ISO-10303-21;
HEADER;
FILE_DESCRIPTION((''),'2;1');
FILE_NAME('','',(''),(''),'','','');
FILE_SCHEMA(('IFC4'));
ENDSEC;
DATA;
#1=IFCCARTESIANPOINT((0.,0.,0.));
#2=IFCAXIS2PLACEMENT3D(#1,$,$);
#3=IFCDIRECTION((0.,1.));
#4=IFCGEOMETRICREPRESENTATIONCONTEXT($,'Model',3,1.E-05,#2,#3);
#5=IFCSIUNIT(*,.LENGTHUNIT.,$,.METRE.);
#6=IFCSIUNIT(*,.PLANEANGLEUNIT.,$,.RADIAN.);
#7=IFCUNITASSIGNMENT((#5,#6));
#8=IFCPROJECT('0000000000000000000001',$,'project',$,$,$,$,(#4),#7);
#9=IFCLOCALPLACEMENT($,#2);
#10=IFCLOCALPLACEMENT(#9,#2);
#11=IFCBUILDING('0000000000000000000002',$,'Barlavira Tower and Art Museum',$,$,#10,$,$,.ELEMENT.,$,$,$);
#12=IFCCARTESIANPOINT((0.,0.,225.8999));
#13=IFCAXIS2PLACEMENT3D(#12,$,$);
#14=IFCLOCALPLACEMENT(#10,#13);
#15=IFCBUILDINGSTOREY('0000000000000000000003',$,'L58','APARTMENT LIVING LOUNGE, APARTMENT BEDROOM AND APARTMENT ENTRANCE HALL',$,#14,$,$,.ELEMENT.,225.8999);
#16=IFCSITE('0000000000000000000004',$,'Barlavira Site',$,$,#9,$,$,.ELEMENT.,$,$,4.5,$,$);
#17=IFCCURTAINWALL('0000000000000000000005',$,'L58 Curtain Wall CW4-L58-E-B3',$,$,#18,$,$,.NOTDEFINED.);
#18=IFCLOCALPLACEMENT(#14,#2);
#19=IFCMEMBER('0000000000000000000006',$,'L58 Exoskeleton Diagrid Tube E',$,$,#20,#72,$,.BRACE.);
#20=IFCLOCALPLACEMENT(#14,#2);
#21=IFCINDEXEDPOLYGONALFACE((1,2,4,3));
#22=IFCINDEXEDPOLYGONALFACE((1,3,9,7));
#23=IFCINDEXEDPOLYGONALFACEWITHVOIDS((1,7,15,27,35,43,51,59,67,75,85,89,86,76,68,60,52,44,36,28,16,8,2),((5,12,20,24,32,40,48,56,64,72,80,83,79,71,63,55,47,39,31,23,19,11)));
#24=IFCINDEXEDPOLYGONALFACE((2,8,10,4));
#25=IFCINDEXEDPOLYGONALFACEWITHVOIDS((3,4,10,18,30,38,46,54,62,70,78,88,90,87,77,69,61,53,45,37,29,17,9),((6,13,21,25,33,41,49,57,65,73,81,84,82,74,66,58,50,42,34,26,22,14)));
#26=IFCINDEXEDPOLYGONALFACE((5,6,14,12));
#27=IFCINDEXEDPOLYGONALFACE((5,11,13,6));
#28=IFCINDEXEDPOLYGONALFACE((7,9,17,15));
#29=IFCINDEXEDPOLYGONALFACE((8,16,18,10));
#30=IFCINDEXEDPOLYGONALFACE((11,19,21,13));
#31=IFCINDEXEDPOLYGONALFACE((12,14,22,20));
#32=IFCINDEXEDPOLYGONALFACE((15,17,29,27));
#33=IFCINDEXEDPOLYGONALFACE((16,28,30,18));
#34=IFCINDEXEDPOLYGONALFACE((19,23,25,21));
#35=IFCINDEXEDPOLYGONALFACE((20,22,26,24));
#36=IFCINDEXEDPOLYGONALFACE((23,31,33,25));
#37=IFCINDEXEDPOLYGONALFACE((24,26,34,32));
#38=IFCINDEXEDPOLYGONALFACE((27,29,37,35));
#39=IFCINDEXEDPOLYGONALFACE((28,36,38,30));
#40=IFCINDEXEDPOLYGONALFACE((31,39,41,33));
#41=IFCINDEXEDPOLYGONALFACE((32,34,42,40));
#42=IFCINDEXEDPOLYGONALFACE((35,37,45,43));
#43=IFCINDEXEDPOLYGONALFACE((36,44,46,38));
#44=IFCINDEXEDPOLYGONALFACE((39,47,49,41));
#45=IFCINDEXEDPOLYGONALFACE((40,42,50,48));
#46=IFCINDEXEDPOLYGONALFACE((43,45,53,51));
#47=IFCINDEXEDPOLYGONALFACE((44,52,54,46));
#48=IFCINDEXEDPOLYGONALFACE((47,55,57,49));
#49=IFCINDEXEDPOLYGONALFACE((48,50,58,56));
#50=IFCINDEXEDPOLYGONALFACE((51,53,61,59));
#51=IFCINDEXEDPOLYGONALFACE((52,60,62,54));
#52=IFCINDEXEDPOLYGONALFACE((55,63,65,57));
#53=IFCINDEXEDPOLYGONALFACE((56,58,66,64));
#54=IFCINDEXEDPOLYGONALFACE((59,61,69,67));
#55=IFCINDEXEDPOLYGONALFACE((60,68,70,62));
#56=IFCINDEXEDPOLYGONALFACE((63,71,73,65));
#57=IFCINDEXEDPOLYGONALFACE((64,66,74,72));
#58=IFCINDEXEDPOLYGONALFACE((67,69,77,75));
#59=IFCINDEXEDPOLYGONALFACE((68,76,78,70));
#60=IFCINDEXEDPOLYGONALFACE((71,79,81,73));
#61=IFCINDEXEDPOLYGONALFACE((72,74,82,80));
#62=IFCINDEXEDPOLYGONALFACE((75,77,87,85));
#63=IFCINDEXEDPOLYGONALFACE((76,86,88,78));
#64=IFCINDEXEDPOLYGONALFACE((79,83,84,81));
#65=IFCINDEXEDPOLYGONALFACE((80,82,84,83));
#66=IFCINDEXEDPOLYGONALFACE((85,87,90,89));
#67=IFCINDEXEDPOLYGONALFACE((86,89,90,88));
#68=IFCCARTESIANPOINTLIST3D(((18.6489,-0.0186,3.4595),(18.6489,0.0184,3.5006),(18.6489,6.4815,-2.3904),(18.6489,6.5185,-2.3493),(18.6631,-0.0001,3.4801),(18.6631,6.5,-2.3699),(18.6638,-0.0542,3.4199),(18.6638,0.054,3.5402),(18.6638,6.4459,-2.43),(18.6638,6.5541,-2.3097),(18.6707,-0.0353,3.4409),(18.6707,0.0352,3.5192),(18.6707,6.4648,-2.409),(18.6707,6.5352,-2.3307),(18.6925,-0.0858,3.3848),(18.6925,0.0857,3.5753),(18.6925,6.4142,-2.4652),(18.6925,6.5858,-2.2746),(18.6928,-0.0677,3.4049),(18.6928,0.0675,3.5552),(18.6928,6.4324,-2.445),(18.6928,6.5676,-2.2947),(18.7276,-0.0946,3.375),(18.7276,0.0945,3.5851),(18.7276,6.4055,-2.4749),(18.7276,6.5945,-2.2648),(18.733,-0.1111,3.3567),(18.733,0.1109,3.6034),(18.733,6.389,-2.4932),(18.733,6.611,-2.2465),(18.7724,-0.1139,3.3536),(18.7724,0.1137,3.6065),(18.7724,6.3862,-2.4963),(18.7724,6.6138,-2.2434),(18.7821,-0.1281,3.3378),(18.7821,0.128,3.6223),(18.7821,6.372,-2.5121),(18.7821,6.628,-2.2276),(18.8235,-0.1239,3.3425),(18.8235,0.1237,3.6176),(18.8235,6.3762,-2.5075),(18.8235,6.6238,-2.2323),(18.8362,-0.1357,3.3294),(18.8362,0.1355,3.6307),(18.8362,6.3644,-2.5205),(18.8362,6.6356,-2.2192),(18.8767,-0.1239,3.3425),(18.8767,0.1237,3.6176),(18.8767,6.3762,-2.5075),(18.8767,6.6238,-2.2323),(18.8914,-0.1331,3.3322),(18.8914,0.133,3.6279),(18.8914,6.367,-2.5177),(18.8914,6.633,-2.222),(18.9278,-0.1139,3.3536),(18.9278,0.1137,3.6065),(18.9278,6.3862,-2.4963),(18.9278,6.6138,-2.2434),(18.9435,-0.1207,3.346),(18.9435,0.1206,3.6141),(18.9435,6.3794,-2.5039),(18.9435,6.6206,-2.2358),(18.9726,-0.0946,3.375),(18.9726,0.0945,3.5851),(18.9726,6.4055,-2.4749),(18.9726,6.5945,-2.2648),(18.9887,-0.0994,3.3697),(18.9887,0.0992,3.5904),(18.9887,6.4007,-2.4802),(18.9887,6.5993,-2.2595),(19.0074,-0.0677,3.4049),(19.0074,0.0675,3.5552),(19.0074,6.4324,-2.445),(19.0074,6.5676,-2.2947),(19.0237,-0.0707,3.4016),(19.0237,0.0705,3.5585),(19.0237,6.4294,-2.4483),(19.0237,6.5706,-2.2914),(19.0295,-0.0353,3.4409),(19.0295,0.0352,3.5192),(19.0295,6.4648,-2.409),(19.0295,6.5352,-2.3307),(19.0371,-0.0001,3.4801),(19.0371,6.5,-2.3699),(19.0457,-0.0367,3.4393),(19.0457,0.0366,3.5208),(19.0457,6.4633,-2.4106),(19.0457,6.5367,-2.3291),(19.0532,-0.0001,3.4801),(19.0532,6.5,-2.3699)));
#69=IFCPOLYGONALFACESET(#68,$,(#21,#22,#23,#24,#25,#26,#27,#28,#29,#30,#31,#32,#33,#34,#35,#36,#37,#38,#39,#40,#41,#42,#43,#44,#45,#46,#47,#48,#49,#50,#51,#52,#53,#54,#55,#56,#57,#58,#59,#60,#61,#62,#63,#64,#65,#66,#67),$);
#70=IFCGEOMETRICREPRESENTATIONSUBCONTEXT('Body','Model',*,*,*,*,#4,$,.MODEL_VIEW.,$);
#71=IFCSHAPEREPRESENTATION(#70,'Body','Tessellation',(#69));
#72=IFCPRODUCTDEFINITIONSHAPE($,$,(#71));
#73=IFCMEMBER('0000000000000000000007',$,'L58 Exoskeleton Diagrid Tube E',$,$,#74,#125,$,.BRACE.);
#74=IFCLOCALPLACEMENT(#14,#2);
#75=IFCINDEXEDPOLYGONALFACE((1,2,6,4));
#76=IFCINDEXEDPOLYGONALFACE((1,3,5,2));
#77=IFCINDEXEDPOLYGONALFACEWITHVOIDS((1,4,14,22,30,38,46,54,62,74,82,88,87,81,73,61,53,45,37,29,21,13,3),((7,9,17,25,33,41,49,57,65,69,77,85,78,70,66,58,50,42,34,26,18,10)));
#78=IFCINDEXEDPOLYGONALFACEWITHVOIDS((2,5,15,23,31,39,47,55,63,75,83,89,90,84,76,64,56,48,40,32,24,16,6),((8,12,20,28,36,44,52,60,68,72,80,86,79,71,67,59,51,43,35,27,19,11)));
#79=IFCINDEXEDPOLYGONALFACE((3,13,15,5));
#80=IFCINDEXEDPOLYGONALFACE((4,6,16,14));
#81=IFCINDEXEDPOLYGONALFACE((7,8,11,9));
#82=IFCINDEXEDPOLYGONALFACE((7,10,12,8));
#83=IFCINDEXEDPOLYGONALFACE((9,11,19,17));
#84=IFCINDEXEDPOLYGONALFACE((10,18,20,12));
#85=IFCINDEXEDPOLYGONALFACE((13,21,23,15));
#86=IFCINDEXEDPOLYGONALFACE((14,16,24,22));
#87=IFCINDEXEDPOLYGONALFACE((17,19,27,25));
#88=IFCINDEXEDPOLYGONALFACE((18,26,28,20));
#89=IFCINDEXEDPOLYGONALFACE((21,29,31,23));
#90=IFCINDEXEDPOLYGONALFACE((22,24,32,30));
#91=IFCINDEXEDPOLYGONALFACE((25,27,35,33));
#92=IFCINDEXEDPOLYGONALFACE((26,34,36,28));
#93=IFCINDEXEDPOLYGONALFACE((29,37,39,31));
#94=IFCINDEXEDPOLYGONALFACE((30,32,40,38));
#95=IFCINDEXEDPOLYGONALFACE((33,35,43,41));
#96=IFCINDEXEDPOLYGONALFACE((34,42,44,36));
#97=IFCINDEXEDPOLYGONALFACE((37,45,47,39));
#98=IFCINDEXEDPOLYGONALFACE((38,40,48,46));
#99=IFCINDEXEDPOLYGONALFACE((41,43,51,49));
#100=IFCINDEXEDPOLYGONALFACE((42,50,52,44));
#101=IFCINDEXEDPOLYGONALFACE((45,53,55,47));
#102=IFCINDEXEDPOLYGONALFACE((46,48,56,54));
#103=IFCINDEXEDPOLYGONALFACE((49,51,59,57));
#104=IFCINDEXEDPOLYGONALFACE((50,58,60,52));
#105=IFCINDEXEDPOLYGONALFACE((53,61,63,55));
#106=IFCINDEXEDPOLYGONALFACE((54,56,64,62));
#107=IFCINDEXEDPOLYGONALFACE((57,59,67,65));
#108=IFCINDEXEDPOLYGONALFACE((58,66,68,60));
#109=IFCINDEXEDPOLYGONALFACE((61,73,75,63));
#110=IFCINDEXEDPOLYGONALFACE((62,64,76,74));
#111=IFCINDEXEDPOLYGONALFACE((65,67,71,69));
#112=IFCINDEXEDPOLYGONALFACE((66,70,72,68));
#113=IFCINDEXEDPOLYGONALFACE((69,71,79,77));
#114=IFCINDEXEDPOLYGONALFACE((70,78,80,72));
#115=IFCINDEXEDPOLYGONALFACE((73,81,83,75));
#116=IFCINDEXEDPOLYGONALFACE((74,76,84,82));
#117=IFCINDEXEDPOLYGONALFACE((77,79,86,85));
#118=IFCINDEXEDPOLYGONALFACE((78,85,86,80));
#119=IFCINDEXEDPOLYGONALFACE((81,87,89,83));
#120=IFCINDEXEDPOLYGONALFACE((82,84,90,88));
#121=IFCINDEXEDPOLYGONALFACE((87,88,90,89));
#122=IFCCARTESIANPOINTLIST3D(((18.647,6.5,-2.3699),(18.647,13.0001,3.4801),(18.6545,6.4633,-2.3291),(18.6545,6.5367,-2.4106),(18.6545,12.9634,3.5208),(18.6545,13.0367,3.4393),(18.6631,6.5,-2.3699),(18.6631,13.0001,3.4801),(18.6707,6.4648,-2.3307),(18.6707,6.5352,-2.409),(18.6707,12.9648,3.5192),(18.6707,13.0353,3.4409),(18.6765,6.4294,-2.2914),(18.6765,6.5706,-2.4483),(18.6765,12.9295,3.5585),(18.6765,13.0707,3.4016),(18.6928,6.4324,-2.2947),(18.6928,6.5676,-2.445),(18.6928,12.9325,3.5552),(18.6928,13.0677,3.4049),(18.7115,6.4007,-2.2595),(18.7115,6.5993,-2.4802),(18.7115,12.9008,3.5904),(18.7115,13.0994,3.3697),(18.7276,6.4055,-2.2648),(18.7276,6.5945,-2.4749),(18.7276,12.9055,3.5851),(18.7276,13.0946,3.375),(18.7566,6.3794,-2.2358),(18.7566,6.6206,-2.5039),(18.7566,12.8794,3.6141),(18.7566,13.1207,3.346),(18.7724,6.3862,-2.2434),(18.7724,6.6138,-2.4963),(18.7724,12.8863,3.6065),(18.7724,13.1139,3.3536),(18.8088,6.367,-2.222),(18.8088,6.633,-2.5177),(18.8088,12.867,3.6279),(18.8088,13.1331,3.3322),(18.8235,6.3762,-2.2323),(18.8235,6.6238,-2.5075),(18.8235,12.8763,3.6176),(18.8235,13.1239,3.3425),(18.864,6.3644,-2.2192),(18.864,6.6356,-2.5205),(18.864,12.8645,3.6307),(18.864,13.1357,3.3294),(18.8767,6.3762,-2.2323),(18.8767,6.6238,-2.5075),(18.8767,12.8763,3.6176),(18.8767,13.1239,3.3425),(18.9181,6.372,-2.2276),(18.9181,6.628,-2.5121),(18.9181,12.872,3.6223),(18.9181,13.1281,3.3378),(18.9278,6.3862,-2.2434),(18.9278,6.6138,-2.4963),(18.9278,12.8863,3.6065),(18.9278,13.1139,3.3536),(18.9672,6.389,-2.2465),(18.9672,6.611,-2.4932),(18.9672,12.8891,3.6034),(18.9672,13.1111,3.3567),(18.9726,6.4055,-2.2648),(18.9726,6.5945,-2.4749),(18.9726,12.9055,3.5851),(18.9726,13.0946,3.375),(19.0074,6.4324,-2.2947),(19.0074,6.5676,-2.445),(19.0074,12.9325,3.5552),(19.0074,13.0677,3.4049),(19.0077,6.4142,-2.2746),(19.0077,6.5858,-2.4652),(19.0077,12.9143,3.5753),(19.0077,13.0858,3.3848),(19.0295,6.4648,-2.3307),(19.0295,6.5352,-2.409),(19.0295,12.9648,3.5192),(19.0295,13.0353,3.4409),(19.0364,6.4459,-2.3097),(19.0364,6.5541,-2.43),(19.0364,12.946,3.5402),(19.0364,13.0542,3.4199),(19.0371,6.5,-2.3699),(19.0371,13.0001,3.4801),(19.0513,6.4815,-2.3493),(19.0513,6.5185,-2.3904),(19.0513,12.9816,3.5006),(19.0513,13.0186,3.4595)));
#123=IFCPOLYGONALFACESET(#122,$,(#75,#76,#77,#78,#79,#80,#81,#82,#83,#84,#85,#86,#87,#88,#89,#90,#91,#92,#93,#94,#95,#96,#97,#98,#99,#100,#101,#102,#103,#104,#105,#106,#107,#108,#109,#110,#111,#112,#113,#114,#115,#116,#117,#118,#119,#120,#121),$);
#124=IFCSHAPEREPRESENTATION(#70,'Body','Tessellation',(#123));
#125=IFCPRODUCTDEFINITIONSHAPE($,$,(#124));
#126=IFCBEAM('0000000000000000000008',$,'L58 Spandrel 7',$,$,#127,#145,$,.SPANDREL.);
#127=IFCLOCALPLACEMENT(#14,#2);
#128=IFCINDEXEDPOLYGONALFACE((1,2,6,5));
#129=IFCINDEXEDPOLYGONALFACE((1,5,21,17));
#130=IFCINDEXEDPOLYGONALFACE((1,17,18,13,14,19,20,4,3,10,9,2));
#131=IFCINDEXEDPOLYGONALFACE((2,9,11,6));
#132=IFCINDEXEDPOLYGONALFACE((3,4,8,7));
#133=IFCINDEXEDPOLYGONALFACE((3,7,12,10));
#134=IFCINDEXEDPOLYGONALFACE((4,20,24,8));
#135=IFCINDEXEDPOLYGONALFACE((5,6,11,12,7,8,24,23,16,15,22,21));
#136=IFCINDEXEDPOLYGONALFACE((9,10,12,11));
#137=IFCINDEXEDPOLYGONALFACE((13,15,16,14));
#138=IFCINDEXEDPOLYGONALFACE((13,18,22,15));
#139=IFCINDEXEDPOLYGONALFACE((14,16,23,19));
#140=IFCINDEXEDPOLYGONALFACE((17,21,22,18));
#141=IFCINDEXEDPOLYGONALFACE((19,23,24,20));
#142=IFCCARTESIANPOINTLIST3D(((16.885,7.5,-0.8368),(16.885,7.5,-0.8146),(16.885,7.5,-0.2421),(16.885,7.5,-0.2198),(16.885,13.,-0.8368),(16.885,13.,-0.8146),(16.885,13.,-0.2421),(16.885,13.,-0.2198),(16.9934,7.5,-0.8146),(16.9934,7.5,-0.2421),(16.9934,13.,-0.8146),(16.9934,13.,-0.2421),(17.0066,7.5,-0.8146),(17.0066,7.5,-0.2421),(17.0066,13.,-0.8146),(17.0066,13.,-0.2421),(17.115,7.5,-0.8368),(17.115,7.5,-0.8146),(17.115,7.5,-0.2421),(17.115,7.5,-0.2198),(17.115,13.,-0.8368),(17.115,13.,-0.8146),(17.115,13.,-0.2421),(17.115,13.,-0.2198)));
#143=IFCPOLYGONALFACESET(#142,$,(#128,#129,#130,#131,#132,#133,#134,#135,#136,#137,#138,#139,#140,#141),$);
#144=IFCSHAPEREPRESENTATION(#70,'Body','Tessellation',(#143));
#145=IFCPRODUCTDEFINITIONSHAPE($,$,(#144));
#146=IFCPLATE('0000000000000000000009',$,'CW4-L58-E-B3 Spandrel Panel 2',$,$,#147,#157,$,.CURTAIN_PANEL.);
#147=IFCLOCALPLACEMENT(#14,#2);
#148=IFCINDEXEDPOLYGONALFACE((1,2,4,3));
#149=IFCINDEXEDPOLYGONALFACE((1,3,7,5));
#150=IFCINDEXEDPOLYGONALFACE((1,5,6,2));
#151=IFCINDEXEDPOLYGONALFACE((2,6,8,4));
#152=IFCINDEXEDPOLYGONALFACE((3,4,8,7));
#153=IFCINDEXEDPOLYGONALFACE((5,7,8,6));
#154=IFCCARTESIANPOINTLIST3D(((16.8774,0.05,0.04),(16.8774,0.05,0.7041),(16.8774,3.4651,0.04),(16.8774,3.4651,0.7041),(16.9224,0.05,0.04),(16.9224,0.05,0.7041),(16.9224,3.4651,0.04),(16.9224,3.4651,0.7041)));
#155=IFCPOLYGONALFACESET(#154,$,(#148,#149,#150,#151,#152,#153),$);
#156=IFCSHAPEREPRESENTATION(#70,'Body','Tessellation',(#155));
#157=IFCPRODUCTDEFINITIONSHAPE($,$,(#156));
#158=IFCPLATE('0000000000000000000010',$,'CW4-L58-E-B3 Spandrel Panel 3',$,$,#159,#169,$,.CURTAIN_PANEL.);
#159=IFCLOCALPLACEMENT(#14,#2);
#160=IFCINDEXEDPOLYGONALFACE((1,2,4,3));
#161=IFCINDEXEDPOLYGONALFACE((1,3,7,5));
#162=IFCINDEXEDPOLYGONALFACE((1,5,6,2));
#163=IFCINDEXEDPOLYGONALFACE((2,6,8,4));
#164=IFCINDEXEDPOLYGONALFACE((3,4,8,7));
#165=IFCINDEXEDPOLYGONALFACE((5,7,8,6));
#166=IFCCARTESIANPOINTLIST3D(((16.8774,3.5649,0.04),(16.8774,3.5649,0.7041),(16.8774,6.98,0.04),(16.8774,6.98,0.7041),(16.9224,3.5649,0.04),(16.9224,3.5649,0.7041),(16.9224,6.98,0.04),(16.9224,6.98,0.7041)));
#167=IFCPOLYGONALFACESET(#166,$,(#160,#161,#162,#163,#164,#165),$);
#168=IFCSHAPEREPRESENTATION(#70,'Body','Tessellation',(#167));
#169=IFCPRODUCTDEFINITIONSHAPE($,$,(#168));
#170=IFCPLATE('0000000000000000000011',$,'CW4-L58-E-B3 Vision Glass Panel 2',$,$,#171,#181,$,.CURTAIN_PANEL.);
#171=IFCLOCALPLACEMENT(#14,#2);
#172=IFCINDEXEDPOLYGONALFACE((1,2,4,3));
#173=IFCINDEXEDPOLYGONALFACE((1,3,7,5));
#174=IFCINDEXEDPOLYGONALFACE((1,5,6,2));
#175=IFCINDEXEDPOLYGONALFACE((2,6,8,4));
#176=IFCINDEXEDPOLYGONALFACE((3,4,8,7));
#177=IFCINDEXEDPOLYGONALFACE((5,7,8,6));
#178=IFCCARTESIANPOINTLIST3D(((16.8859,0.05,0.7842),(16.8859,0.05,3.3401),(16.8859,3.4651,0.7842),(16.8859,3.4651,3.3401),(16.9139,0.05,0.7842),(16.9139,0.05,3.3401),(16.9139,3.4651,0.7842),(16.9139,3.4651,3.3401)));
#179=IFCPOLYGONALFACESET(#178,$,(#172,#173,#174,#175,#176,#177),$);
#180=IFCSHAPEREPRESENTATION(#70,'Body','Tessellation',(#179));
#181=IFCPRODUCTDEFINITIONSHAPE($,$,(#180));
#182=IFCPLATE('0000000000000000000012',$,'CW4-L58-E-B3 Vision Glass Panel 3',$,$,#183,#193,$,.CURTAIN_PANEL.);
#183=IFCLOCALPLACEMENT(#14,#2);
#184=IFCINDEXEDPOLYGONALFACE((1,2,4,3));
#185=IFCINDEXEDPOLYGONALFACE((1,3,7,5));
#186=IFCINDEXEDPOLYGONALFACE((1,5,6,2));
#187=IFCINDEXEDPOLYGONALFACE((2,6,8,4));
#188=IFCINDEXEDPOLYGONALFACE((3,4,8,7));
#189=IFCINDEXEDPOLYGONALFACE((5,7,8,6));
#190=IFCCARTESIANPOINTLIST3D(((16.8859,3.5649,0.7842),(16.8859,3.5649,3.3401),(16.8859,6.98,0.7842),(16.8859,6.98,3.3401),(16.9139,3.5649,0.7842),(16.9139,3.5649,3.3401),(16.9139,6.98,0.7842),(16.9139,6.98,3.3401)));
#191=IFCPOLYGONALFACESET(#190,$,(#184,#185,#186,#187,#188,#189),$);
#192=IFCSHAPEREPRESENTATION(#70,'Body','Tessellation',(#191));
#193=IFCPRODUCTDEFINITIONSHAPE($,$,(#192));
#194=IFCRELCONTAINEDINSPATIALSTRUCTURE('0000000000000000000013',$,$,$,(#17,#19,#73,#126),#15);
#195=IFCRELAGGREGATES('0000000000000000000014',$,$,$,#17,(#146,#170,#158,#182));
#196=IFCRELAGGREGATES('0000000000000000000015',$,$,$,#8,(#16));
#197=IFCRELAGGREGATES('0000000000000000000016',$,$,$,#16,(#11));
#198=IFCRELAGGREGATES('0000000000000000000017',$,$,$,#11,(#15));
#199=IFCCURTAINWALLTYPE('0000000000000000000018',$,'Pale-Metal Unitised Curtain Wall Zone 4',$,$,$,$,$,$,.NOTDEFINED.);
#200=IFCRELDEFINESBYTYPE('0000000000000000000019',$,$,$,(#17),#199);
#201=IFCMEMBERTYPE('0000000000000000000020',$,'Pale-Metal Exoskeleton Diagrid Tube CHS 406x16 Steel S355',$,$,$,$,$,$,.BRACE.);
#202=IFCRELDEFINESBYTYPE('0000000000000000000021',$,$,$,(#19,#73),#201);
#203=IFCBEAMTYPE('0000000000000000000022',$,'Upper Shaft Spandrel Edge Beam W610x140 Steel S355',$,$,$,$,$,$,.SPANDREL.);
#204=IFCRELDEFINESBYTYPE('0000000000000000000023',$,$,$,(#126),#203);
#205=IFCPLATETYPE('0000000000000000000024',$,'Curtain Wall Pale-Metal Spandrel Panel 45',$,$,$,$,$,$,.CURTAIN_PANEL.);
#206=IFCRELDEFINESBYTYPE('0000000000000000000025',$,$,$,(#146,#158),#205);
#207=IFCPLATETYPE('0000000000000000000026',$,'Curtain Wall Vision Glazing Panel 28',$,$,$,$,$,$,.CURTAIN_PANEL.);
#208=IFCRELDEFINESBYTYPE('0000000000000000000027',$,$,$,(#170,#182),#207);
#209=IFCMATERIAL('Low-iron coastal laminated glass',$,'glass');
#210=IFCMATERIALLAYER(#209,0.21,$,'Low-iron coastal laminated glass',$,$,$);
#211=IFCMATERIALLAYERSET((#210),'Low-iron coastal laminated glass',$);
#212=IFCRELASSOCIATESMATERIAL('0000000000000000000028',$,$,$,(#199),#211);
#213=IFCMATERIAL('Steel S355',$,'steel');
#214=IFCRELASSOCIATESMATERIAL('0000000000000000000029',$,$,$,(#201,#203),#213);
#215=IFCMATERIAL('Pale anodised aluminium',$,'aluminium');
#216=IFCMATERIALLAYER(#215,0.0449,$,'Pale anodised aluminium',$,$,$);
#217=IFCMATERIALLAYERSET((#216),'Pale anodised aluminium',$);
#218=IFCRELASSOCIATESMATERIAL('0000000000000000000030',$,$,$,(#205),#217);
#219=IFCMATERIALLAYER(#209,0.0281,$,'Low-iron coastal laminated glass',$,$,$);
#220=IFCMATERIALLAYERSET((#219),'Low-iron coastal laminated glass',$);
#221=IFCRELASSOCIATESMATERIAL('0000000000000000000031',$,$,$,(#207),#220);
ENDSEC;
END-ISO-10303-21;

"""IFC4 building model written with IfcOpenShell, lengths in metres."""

from ifc_helpers import new_model, si_unit, direction, frame, origin, origin_2d, place, context, subcontext, project, spatial, rectangle, hollow_circle, i_section, extrude, material, layer, layer_set, material_profile, profile_set, type_object, element, aggregate, save


model = new_model("IFC4")

# Units and contexts
model_context = context("Model", 3, precision=1e-05, world=origin(), true_north=direction((0.0, 1.0)))
body_context = subcontext(model_context, "Body", "Model", "MODEL_VIEW")
ifc_project = project(units=[si_unit("LENGTHUNIT", "METRE"), si_unit("PLANEANGLEUNIT", "RADIAN")], contexts=[model_context])

# Site, building, storey
site_placement = place(None, origin())
site = spatial("IfcSite", under=ifc_project, at=site_placement, Name="Barlavira Site", CompositionType="ELEMENT", RefElevation=4.5)
building_placement = place(site_placement, origin())
building = spatial("IfcBuilding", under=site, at=building_placement, Name="Barlavira Tower and Art Museum", CompositionType="ELEMENT")
storey_placement = place(building_placement, frame((0.0, 0.0, 225.8999)))
storey = spatial("IfcBuildingStorey", under=building, at=storey_placement, Name="L58", Description="APARTMENT LIVING LOUNGE, APARTMENT BEDROOM AND APARTMENT ENTRANCE HALL", CompositionType="ELEMENT", Elevation=225.8999)

# Curtain wall
ifc_material_1 = material(Name="Low-iron coastal laminated glass", Category="glass")
ifc_layer_1 = layer(ifc_material_1, 0.21, Name="Low-iron coastal laminated glass")
ifc_layer_set_1 = layer_set([ifc_layer_1], Name="Low-iron coastal laminated glass")
curtain_wall_type = type_object("IfcCurtainWallType", Name="Pale-Metal Unitised Curtain Wall Zone 4", PredefinedType="NOTDEFINED", material=ifc_layer_set_1)
curtain_wall_placement = place(storey_placement, origin())
curtain_wall = element("IfcCurtainWall", 1, at=curtain_wall_placement, inside=storey, type_object=curtain_wall_type, Name="L58 Curtain Wall CW4-L58-E-B3", PredefinedType="NOTDEFINED")
ifc_material_2 = material(Name="Pale anodised aluminium", Category="aluminium")

# Members
ifc_material_3 = material(Name="Steel S355", Category="steel")
ifc_material_profile_1 = material_profile(ifc_material_3, hollow_circle(Radius=0.2031, WallThickness=0.0161, at=origin_2d()), Name="CHS 406.4x16.0")
ifc_profile_set_1 = profile_set([ifc_material_profile_1], Name="Steel S355")
member_type_1 = type_object("IfcMemberType", Name="Pale-Metal Exoskeleton Diagrid Tube CHS 406x16 Steel S355", PredefinedType="BRACE", material=ifc_profile_set_1)
for number, where, z_axis, x_axis, name in (
    (2, (18.8501, 6.5, -2.3699), (0.0, -0.743302, 0.668955), (1.0, 0.0, 0.0), "L58 Exoskeleton Diagrid Tube E"),
    (3, (18.8501, 6.5, -2.3699), (0.0, 0.743302, 0.668955), (-1.0, 0.0, 0.0), "L58 Exoskeleton Diagrid Tube E"),
):
    element("IfcMember", number, at=place(storey_placement, frame(where, z_axis=z_axis, x_axis=x_axis)), inside=storey, type_object=member_type_1, Name=name, PredefinedType="BRACE", context=body_context, shape_type="SweptSolid", body=[
        extrude(hollow_circle(Radius=0.2031, WallThickness=0.0161, at=origin_2d()), origin(), (0.0, 0.0, 1.0), 8.7449),
    ])

# Beam
ifc_material_profile_2 = material_profile(ifc_material_3, i_section(OverallWidth=0.23, OverallDepth=0.6169, WebThickness=0.0132, FlangeThickness=0.0222, at=origin_2d()), Name="W610x140.0")
ifc_profile_set_2 = profile_set([ifc_material_profile_2], Name="Steel S355")
beam_type = type_object("IfcBeamType", Name="Upper Shaft Spandrel Edge Beam W610x140 Steel S355", PredefinedType="SPANDREL", material=ifc_profile_set_2)
beam_placement = place(storey_placement, frame((17.0, 7.5, -0.5283), z_axis=(0.0, 1.0, 0.0), x_axis=(-1.0, 0.0, 0.0)))
element("IfcBeam", 4, at=beam_placement, inside=storey, type_object=beam_type, Name="L58 Spandrel 7", PredefinedType="SPANDREL", context=body_context, shape_type="SweptSolid", body=[
    extrude(i_section(OverallWidth=0.23, OverallDepth=0.6169, WebThickness=0.0132, FlangeThickness=0.0222, at=origin_2d()), origin(), (0.0, 0.0, 1.0), 5.5),
])

# Plates
ifc_layer_2 = layer(ifc_material_2, 0.0449, Name="Pale anodised aluminium")
ifc_layer_set_2 = layer_set([ifc_layer_2], Name="Pale anodised aluminium")
plate_type_1 = type_object("IfcPlateType", Name="Curtain Wall Pale-Metal Spandrel Panel 45", PredefinedType="CURTAIN_PANEL", material=ifc_layer_set_2)
plate_1_placement = place(storey_placement, frame((16.8999, 1.7576, 0.04), z_axis=(0.0, 0.0, 1.0), x_axis=(0.0, 1.0, 0.0)))
plate_1 = element("IfcPlate", 5, at=plate_1_placement, type_object=plate_type_1, Name="CW4-L58-E-B3 Spandrel Panel 2", PredefinedType="CURTAIN_PANEL", context=body_context, shape_type="SweptSolid", body=[
    extrude(rectangle(XDim=3.415, YDim=0.0449, at=origin_2d()), origin(), (0.0, 0.0, 1.0), 0.6641),
])
plate_2_placement = place(storey_placement, frame((16.8999, 5.2725, 0.04), z_axis=(0.0, 0.0, 1.0), x_axis=(0.0, 1.0, 0.0)))
plate_2 = element("IfcPlate", 6, at=plate_2_placement, type_object=plate_type_1, Name="CW4-L58-E-B3 Spandrel Panel 3", PredefinedType="CURTAIN_PANEL", context=body_context, shape_type="SweptSolid", body=[
    extrude(rectangle(XDim=3.415, YDim=0.0449, at=origin_2d()), origin(), (0.0, 0.0, 1.0), 0.6641),
])
ifc_layer_3 = layer(ifc_material_1, 0.0281, Name="Low-iron coastal laminated glass")
ifc_layer_set_3 = layer_set([ifc_layer_3], Name="Low-iron coastal laminated glass")
plate_type_2 = type_object("IfcPlateType", Name="Curtain Wall Vision Glazing Panel 28", PredefinedType="CURTAIN_PANEL", material=ifc_layer_set_3)
plate_3_placement = place(storey_placement, frame((16.8999, 1.7576, 0.7842), z_axis=(0.0, 0.0, 1.0), x_axis=(0.0, 1.0, 0.0)))
plate_3 = element("IfcPlate", 7, at=plate_3_placement, type_object=plate_type_2, Name="CW4-L58-E-B3 Vision Glass Panel 2", PredefinedType="CURTAIN_PANEL", context=body_context, shape_type="SweptSolid", body=[
    extrude(rectangle(XDim=3.415, YDim=0.0281, at=origin_2d()), origin(), (0.0, 0.0, 1.0), 2.5559),
])
plate_4_placement = place(storey_placement, frame((16.8999, 5.2725, 0.7842), z_axis=(0.0, 0.0, 1.0), x_axis=(0.0, 1.0, 0.0)))
plate_4 = element("IfcPlate", 8, at=plate_4_placement, type_object=plate_type_2, Name="CW4-L58-E-B3 Vision Glass Panel 3", PredefinedType="CURTAIN_PANEL", context=body_context, shape_type="SweptSolid", body=[
    extrude(rectangle(XDim=3.415, YDim=0.0281, at=origin_2d()), origin(), (0.0, 0.0, 1.0), 2.5559),
])
aggregate(curtain_wall, [plate_1, plate_3, plate_2, plate_4])

save(model, "model.ifc")
